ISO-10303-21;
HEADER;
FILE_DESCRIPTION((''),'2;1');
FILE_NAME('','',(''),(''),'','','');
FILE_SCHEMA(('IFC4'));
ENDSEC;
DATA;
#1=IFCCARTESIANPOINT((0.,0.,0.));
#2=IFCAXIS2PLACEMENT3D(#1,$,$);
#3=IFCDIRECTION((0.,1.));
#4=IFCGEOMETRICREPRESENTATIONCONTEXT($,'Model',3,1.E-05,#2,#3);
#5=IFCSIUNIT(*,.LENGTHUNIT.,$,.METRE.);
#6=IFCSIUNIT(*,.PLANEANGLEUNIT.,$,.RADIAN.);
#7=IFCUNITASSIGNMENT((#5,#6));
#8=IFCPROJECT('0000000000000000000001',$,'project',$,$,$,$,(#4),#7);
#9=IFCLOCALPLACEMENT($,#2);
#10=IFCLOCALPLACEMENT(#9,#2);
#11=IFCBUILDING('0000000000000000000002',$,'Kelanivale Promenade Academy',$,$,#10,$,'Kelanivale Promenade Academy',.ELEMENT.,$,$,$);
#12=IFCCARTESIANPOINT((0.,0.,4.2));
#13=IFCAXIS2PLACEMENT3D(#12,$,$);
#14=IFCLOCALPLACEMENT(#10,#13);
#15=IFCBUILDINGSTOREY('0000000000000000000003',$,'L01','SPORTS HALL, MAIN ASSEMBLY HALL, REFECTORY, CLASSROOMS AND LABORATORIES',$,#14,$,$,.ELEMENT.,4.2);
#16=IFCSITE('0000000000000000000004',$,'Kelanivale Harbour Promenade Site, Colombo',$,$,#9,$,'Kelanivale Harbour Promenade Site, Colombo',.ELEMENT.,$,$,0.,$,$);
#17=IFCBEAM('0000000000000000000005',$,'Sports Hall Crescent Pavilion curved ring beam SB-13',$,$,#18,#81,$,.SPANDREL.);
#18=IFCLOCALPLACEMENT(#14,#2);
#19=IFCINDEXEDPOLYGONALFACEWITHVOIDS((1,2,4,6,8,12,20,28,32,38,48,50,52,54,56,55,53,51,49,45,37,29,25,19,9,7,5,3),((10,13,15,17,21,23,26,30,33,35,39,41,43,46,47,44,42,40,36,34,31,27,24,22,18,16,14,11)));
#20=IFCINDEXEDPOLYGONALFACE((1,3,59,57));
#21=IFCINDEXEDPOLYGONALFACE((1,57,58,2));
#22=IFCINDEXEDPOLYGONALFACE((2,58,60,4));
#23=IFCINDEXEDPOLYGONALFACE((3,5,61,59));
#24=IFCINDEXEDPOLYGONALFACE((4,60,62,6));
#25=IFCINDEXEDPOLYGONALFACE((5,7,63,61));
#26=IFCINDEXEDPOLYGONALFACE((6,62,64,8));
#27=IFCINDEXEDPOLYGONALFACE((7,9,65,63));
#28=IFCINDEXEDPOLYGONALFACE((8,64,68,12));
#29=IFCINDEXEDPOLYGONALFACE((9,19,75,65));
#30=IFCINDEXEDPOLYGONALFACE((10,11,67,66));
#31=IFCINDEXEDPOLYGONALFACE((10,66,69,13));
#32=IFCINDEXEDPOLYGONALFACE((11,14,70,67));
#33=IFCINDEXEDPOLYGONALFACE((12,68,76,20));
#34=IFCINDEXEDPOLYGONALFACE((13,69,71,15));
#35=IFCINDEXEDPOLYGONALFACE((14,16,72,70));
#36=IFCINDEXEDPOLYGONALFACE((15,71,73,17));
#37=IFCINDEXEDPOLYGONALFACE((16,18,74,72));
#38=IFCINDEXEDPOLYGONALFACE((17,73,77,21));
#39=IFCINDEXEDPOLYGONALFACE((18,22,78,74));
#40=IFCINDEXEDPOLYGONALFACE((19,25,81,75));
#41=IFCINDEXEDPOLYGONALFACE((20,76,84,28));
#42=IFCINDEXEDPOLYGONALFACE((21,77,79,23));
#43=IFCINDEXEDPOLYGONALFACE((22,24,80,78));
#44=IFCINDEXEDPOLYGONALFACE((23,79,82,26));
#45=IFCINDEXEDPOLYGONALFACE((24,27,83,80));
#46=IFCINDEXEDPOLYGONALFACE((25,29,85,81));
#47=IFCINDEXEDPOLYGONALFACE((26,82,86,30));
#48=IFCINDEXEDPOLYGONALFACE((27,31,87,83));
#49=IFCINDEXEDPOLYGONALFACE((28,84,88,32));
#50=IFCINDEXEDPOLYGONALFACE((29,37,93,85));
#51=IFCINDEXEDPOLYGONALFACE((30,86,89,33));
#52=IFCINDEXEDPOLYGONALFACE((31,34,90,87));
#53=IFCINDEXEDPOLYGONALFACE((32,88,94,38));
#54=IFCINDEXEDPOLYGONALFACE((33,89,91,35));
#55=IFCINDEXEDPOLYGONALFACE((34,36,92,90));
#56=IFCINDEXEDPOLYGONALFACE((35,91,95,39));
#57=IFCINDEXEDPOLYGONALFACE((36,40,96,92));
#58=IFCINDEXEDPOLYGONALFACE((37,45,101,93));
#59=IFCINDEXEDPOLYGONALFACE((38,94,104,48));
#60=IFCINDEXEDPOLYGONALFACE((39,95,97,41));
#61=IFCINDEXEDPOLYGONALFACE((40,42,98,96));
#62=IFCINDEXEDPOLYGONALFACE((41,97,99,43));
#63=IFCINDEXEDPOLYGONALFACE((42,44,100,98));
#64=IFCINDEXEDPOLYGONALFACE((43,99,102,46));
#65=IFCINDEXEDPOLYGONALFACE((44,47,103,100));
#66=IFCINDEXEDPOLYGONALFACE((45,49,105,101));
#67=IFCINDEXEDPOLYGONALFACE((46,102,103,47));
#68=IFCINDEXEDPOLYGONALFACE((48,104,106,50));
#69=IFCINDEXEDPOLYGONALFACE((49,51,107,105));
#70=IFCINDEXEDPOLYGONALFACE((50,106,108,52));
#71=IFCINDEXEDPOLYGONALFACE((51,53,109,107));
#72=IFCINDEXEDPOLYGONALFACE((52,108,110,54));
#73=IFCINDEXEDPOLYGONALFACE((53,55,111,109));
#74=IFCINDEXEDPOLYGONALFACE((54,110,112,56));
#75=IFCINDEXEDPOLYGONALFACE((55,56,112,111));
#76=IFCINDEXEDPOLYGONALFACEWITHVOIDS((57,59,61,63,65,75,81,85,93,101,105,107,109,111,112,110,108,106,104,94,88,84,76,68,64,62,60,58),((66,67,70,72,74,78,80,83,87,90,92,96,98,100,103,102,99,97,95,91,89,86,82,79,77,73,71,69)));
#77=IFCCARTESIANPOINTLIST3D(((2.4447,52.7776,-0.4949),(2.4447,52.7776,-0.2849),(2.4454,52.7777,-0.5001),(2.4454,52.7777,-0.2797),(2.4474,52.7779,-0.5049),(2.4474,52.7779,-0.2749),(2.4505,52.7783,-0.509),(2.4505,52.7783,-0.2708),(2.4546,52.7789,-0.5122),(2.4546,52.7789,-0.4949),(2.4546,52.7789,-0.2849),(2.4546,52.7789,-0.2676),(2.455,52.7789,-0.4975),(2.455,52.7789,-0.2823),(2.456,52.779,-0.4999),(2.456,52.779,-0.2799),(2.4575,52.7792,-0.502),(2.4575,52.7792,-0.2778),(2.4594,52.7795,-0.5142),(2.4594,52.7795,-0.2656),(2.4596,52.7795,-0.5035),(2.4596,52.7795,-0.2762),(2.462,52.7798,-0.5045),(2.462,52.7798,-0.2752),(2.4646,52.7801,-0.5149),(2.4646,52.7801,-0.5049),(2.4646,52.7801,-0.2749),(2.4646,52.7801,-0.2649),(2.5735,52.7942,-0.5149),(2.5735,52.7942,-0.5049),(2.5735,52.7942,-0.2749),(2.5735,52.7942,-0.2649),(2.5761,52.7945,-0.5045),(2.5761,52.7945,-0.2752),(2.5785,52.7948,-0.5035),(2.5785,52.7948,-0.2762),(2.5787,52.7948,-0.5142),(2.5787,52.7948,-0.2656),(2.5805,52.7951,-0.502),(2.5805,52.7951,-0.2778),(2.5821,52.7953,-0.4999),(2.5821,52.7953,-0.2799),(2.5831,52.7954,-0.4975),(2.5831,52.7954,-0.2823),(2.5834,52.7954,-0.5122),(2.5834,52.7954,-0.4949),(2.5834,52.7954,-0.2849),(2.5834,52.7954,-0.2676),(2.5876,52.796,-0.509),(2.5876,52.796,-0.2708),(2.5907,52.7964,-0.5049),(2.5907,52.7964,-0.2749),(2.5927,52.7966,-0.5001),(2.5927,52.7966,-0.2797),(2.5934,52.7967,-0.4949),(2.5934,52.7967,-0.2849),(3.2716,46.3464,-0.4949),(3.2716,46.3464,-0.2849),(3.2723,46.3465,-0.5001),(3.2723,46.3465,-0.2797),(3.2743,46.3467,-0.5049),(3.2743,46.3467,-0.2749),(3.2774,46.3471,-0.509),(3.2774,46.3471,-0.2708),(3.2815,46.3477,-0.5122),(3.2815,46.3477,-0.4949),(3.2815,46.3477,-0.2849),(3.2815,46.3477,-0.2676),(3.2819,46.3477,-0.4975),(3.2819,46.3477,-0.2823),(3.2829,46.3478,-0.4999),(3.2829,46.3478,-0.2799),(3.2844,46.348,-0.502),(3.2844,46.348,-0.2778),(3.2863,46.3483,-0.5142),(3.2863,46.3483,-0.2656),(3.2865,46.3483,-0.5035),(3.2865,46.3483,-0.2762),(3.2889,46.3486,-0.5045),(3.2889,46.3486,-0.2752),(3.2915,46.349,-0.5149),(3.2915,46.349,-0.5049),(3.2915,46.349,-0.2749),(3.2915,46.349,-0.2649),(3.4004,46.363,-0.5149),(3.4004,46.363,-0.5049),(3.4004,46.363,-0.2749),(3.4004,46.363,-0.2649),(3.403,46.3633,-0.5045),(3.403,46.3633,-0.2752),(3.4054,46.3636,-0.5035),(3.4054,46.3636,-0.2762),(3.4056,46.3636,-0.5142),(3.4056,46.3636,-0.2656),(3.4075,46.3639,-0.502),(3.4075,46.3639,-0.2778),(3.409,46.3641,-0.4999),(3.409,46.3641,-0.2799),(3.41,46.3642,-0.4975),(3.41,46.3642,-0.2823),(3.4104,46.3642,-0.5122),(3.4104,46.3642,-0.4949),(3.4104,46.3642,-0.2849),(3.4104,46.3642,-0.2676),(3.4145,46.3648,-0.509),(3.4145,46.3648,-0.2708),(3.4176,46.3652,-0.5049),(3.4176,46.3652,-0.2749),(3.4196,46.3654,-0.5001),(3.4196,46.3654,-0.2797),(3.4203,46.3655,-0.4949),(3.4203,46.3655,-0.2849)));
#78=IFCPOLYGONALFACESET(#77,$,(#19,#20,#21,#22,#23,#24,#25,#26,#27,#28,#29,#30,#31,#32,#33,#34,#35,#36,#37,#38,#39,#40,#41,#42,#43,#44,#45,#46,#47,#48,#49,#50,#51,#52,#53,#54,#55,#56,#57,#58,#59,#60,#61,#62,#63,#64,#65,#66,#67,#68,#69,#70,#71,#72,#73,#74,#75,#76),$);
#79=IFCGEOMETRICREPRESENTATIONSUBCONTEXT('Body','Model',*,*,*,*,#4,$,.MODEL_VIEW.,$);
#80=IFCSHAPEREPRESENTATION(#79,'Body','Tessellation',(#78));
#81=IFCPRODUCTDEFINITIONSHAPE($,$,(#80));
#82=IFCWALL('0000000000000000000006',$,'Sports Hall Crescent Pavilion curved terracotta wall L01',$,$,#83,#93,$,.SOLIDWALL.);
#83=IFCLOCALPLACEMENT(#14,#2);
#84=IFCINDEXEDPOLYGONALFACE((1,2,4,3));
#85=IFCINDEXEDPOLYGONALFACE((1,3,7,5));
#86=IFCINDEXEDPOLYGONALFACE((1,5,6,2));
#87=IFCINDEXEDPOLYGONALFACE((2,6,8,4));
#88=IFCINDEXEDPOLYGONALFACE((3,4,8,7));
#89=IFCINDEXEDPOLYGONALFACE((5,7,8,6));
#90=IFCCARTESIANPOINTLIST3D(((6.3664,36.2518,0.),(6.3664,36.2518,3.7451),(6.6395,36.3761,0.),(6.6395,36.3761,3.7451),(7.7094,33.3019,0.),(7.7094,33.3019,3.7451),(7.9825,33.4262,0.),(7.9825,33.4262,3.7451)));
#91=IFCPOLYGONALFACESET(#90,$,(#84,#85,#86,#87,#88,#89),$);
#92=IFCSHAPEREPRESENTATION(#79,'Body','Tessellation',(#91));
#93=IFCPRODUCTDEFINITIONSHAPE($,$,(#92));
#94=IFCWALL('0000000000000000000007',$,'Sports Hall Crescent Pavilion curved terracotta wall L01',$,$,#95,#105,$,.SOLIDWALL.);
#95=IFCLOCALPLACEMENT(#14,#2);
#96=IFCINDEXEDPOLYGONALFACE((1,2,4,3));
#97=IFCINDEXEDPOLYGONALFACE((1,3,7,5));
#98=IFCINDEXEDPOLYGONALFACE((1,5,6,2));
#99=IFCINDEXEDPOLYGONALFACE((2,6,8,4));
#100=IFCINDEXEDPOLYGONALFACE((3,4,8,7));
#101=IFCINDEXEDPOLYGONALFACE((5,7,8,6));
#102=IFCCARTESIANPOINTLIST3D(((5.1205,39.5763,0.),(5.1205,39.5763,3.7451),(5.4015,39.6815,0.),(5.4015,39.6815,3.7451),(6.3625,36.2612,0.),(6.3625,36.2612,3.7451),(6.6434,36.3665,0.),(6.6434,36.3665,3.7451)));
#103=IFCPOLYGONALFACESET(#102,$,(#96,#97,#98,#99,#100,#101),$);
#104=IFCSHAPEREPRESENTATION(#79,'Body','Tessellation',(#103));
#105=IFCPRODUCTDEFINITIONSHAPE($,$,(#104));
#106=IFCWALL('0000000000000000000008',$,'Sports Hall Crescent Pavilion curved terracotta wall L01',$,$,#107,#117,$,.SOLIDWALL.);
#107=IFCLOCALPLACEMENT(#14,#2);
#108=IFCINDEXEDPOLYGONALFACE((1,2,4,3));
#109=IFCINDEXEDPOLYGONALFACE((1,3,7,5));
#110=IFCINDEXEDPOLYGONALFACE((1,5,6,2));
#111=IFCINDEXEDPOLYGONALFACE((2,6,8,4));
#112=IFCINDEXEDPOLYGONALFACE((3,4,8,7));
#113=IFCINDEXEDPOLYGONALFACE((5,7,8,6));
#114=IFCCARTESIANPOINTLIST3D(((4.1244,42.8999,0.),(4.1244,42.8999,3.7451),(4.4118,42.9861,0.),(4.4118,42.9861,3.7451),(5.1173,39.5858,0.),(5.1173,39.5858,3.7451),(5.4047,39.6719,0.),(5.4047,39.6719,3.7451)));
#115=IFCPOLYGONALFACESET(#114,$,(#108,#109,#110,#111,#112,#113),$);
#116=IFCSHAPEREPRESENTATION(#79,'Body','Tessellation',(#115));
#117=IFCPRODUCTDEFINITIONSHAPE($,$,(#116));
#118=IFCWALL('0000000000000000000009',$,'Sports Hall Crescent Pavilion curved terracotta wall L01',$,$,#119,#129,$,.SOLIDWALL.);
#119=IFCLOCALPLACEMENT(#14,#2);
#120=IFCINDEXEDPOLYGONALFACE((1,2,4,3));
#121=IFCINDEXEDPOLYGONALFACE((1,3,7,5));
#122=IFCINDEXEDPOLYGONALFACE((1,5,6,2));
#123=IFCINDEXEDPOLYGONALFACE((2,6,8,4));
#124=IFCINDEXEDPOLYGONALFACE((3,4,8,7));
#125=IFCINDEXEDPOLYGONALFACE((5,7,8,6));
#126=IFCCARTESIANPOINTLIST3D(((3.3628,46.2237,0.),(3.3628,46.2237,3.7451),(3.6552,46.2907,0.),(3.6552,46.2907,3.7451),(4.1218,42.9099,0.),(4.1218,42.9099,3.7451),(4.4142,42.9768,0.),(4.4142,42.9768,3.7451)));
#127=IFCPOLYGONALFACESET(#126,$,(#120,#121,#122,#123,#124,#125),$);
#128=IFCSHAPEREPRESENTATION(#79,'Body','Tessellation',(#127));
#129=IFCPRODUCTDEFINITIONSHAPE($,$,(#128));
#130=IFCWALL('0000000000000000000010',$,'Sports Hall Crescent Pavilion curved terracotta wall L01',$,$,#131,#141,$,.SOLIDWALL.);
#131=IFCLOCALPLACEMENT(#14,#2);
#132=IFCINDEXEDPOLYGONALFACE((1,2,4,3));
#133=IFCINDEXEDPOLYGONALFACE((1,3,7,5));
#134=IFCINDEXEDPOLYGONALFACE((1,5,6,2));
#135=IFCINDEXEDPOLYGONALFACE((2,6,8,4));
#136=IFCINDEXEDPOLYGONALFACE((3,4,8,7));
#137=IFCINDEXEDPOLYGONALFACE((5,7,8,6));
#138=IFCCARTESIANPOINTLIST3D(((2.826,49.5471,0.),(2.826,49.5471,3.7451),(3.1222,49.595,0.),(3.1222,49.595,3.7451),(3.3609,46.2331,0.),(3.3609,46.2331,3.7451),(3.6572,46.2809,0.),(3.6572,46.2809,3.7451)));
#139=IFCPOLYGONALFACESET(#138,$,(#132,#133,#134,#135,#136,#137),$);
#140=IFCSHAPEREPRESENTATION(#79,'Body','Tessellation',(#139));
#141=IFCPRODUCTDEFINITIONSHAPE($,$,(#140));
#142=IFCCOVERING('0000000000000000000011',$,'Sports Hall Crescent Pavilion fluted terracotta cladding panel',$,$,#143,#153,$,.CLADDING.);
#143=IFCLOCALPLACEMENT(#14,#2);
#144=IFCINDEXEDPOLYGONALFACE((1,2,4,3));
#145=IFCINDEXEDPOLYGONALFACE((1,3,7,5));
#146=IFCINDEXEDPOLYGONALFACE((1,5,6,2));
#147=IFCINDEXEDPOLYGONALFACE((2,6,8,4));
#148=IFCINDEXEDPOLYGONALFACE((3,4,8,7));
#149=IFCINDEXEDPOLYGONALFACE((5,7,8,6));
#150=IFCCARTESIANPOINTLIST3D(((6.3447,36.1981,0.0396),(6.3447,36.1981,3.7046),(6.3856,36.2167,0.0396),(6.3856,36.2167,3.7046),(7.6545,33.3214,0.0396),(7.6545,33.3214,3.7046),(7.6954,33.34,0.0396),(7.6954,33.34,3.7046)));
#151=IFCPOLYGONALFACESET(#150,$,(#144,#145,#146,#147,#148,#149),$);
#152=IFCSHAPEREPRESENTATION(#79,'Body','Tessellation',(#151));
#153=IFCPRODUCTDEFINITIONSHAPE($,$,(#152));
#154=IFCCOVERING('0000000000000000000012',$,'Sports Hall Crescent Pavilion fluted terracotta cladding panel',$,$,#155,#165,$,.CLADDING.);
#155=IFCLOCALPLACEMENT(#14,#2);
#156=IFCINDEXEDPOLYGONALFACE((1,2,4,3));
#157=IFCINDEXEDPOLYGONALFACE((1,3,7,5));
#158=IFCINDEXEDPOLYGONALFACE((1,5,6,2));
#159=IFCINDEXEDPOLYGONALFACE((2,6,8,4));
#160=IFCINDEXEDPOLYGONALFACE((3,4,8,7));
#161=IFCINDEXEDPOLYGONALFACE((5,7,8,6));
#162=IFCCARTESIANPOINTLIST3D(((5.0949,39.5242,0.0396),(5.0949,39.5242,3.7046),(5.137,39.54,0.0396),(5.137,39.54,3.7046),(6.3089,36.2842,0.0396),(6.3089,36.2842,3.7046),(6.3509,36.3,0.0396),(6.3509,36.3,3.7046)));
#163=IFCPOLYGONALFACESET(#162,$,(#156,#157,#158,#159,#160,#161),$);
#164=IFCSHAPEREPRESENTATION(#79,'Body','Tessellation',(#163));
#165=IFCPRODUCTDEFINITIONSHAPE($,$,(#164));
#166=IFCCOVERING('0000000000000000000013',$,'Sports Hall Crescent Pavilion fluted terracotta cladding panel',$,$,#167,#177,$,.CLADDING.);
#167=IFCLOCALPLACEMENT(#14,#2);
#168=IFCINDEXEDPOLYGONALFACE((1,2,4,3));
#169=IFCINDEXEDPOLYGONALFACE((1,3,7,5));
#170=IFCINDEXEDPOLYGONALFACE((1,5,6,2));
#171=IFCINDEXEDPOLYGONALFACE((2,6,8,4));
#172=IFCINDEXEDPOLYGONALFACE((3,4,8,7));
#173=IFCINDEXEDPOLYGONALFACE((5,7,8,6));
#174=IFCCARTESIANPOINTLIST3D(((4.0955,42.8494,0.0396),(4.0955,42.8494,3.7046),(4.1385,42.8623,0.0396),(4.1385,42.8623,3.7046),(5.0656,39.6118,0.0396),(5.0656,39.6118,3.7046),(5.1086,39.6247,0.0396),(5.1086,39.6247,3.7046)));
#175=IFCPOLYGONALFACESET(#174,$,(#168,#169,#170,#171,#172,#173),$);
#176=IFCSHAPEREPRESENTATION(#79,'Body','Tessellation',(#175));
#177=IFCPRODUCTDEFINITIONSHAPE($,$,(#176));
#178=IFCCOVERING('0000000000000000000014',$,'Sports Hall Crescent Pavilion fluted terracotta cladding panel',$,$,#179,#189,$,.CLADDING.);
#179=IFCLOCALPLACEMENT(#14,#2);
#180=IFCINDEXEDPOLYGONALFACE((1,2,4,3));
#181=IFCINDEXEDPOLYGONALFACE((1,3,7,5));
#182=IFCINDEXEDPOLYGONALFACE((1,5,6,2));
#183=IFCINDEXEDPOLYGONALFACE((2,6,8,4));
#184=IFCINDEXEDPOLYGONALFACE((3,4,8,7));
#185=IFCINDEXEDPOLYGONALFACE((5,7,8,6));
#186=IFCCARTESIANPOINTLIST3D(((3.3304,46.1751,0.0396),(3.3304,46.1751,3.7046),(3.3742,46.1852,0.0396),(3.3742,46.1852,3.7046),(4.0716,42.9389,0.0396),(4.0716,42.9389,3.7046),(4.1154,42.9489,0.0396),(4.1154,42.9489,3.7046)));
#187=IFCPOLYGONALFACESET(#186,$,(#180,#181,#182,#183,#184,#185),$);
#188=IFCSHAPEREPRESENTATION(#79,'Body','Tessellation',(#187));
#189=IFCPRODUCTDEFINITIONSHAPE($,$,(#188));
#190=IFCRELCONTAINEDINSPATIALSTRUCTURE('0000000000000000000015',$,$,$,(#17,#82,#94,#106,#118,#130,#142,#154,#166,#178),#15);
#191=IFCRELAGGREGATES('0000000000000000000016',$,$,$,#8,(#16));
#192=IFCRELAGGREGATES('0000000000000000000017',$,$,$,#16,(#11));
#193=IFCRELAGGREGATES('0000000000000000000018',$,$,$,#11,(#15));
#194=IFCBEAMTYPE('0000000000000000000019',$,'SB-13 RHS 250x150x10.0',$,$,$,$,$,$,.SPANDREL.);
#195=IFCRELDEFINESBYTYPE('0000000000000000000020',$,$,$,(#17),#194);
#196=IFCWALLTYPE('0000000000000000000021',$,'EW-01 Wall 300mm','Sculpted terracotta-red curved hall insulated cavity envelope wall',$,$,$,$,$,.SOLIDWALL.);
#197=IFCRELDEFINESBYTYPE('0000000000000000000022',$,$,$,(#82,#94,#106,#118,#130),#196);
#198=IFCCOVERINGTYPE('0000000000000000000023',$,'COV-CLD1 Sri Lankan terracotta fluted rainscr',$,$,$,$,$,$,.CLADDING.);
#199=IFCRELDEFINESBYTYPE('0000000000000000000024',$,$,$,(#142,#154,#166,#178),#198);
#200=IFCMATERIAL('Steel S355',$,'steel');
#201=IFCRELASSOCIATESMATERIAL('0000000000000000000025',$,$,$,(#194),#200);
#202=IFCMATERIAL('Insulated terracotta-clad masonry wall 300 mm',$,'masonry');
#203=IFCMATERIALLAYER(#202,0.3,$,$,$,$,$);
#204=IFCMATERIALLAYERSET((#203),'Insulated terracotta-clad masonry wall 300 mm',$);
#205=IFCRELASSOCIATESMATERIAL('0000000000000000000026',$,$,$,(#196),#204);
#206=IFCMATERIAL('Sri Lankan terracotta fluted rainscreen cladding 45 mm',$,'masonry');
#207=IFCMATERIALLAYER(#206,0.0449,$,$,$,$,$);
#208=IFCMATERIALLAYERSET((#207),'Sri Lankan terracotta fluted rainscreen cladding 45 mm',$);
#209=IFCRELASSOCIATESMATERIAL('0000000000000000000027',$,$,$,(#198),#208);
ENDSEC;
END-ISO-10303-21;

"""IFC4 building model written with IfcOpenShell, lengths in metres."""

from ifc_helpers import new_model, si_unit, direction, frame, frame_2d, origin, origin_2d, place, context, subcontext, project, spatial, rectangle, hollow_rectangle, extrude, material, layer, layer_set, material_profile, profile_set, type_object, element, save


model = new_model("IFC4")

# Units and contexts
model_context = context("Model", 3, precision=1e-05, world=origin(), true_north=direction((0.0, 1.0)))
body_context = subcontext(model_context, "Body", "Model", "MODEL_VIEW")
ifc_project = project(units=[si_unit("LENGTHUNIT", "METRE"), si_unit("PLANEANGLEUNIT", "RADIAN")], contexts=[model_context])

# Site, building, storey
site_placement = place(None, origin())
site = spatial("IfcSite", under=ifc_project, at=site_placement, Name="Kelanivale Harbour Promenade Site, Colombo", LongName="Kelanivale Harbour Promenade Site, Colombo", CompositionType="ELEMENT", RefElevation=0.0)
building_placement = place(site_placement, origin())
building = spatial("IfcBuilding", under=site, at=building_placement, Name="Kelanivale Promenade Academy", LongName="Kelanivale Promenade Academy", CompositionType="ELEMENT")
storey_placement = place(building_placement, frame((0.0, 0.0, 4.2)))
storey = spatial("IfcBuildingStorey", under=building, at=storey_placement, Name="L01", Description="SPORTS HALL, MAIN ASSEMBLY HALL, REFECTORY, CLASSROOMS AND LABORATORIES", CompositionType="ELEMENT", Elevation=4.2)

# Shared definitions
ifc_material_1 = material(Name="Steel S355", Category="steel")

# Beam
ifc_material_profile_1 = material_profile(ifc_material_1, hollow_rectangle(XDim=0.1499, YDim=0.25, WallThickness=0.01, InnerFilletRadius=0.01, OuterFilletRadius=0.02, at=origin_2d()), Name="RHS 250x150x10.0")
ifc_profile_set_1 = profile_set([ifc_material_profile_1], Name="Steel S355")
beam_type_1 = type_object("IfcBeamType", Name="SB-13 RHS 250x150x10.0", PredefinedType="SPANDREL", material=ifc_profile_set_1)
beam_1_placement = place(storey_placement, frame((3.3459, 46.356, -0.3899), z_axis=(-0.127528, 0.991835, 0.0), x_axis=(-0.991835, -0.127528, 0.0)))
element("IfcBeam", 1, at=beam_1_placement, inside=storey, type_object=beam_type_1, Name="Sports Hall Crescent Pavilion curved ring beam SB-13", PredefinedType="SPANDREL", context=body_context, shape_type="SweptSolid", body=[
    extrude(hollow_rectangle(XDim=0.1499, YDim=0.25, WallThickness=0.01, InnerFilletRadius=0.01, OuterFilletRadius=0.02, at=origin_2d()), origin(), (0.0, 0.0, 1.0), 6.4841),
])

# Walls
ifc_material_2 = material(Name="Insulated terracotta-clad masonry wall 300 mm", Category="masonry")
ifc_layer_1 = layer(ifc_material_2, 0.3)
ifc_layer_set_1 = layer_set([ifc_layer_1], Name="Insulated terracotta-clad masonry wall 300 mm")
wall_type = type_object("IfcWallType", Name="EW-01 Wall 300mm", Description="Sculpted terracotta-red curved hall insulated cavity envelope wall", PredefinedType="SOLIDWALL", material=ifc_layer_set_1)
wall_1_placement = place(storey_placement, frame((6.5029, 36.314, 0.0), z_axis=(0.0, 0.0, 1.0), x_axis=(0.414348, -0.910119, 0.0)))
element("IfcWall", 2, at=wall_1_placement, inside=storey, type_object=wall_type, Name="Sports Hall Crescent Pavilion curved terracotta wall L01", PredefinedType="SOLIDWALL", context=body_context, shape_type="SweptSolid", body=[
    extrude(rectangle(XDim=3.2412, YDim=0.3, at=frame_2d((1.6206, 0.0))), origin(), (0.0, 0.0, 1.0), 3.7451),
])
wall_2_placement = place(storey_placement, frame((5.261, 39.6289, 0.0), z_axis=(0.0, 0.0, 1.0), x_axis=(0.350836, -0.936437, 0.0)))
element("IfcWall", 3, at=wall_2_placement, inside=storey, type_object=wall_type, Name="Sports Hall Crescent Pavilion curved terracotta wall L01", PredefinedType="SOLIDWALL", context=body_context, shape_type="SweptSolid", body=[
    extrude(rectangle(XDim=3.54, YDim=0.3, at=frame_2d((1.77, 0.0))), origin(), (0.0, 0.0, 1.0), 3.7451),
])
wall_3_placement = place(storey_placement, frame((4.2681, 42.9431, 0.0), z_axis=(0.0, 0.0, 1.0), x_axis=(0.286992, -0.957933, 0.0)))
element("IfcWall", 4, at=wall_3_placement, inside=storey, type_object=wall_type, Name="Sports Hall Crescent Pavilion curved terracotta wall L01", PredefinedType="SOLIDWALL", context=body_context, shape_type="SweptSolid", body=[
    extrude(rectangle(XDim=3.4597, YDim=0.3, at=frame_2d((1.73, 0.0))), origin(), (0.0, 0.0, 1.0), 3.7451),
])
wall_4_placement = place(storey_placement, frame((3.509, 46.2571, 0.0), z_axis=(0.0, 0.0, 1.0), x_axis=(0.22326, -0.974759, 0.0)))
element("IfcWall", 5, at=wall_4_placement, inside=storey, type_object=wall_type, Name="Sports Hall Crescent Pavilion curved terracotta wall L01", PredefinedType="SOLIDWALL", context=body_context, shape_type="SweptSolid", body=[
    extrude(rectangle(XDim=3.3997, YDim=0.3, at=frame_2d((1.6997, 0.0))), origin(), (0.0, 0.0, 1.0), 3.7451),
])
wall_5_placement = place(storey_placement, frame((2.9741, 49.571, 0.0), z_axis=(0.0, 0.0, 1.0), x_axis=(0.159349, -0.987222, 0.0)))
element("IfcWall", 6, at=wall_5_placement, inside=storey, type_object=wall_type, Name="Sports Hall Crescent Pavilion curved terracotta wall L01", PredefinedType="SOLIDWALL", context=body_context, shape_type="SweptSolid", body=[
    extrude(rectangle(XDim=3.3569, YDim=0.3, at=frame_2d((1.6785, 0.0))), origin(), (0.0, 0.0, 1.0), 3.7451),
])

# Coverings
ifc_material_3 = material(Name="Sri Lankan terracotta fluted rainscreen cladding 45 mm", Category="masonry")
ifc_layer_2 = layer(ifc_material_3, 0.0449)
ifc_layer_set_2 = layer_set([ifc_layer_2], Name="Sri Lankan terracotta fluted rainscreen cladding 45 mm")
covering_type = type_object("IfcCoveringType", Name="COV-CLD1 Sri Lankan terracotta fluted rainscr", PredefinedType="CLADDING", material=ifc_layer_set_2)
covering_1_placement = place(storey_placement, frame((7.02, 34.769, 0.0396), z_axis=(0.0, 0.0, 1.0), x_axis=(0.414376, -0.910106, 0.0)))
element("IfcCovering", 7, at=covering_1_placement, inside=storey, type_object=covering_type, Name="Sports Hall Crescent Pavilion fluted terracotta cladding panel", PredefinedType="CLADDING", context=body_context, shape_type="SweptSolid", body=[
    extrude(rectangle(XDim=3.1609, YDim=0.0449, at=origin_2d()), origin(), (0.0, 0.0, 1.0), 3.665),
])
covering_2_placement = place(storey_placement, frame((5.7229, 37.9121, 0.0396), z_axis=(0.0, 0.0, 1.0), x_axis=(0.350861, -0.936427, 0.0)))
element("IfcCovering", 8, at=covering_2_placement, inside=storey, type_object=covering_type, Name="Sports Hall Crescent Pavilion fluted terracotta cladding panel", PredefinedType="CLADDING", context=body_context, shape_type="SweptSolid", body=[
    extrude(rectangle(XDim=3.46, YDim=0.0449, at=origin_2d()), origin(), (0.0, 0.0, 1.0), 3.665),
])
covering_3_placement = place(storey_placement, frame((4.6021, 41.2371, 0.0396), z_axis=(0.0, 0.0, 1.0), x_axis=(0.287026, -0.957923, 0.0)))
element("IfcCovering", 9, at=covering_3_placement, inside=storey, type_object=covering_type, Name="Sports Hall Crescent Pavilion fluted terracotta cladding panel", PredefinedType="CLADDING", context=body_context, shape_type="SweptSolid", body=[
    extrude(rectangle(XDim=3.3799, YDim=0.0449, at=origin_2d()), origin(), (0.0, 0.0, 1.0), 3.665),
])
covering_4_placement = place(storey_placement, frame((3.7229, 44.562, 0.0396), z_axis=(0.0, 0.0, 1.0), x_axis=(0.22325, -0.974761, 0.0)))
element("IfcCovering", 10, at=covering_4_placement, inside=storey, type_object=covering_type, Name="Sports Hall Crescent Pavilion fluted terracotta cladding panel", PredefinedType="CLADDING", context=body_context, shape_type="SweptSolid", body=[
    extrude(rectangle(XDim=3.3201, YDim=0.0449, at=origin_2d()), origin(), (0.0, 0.0, 1.0), 3.665),
])

save(model, "model.ifc")
